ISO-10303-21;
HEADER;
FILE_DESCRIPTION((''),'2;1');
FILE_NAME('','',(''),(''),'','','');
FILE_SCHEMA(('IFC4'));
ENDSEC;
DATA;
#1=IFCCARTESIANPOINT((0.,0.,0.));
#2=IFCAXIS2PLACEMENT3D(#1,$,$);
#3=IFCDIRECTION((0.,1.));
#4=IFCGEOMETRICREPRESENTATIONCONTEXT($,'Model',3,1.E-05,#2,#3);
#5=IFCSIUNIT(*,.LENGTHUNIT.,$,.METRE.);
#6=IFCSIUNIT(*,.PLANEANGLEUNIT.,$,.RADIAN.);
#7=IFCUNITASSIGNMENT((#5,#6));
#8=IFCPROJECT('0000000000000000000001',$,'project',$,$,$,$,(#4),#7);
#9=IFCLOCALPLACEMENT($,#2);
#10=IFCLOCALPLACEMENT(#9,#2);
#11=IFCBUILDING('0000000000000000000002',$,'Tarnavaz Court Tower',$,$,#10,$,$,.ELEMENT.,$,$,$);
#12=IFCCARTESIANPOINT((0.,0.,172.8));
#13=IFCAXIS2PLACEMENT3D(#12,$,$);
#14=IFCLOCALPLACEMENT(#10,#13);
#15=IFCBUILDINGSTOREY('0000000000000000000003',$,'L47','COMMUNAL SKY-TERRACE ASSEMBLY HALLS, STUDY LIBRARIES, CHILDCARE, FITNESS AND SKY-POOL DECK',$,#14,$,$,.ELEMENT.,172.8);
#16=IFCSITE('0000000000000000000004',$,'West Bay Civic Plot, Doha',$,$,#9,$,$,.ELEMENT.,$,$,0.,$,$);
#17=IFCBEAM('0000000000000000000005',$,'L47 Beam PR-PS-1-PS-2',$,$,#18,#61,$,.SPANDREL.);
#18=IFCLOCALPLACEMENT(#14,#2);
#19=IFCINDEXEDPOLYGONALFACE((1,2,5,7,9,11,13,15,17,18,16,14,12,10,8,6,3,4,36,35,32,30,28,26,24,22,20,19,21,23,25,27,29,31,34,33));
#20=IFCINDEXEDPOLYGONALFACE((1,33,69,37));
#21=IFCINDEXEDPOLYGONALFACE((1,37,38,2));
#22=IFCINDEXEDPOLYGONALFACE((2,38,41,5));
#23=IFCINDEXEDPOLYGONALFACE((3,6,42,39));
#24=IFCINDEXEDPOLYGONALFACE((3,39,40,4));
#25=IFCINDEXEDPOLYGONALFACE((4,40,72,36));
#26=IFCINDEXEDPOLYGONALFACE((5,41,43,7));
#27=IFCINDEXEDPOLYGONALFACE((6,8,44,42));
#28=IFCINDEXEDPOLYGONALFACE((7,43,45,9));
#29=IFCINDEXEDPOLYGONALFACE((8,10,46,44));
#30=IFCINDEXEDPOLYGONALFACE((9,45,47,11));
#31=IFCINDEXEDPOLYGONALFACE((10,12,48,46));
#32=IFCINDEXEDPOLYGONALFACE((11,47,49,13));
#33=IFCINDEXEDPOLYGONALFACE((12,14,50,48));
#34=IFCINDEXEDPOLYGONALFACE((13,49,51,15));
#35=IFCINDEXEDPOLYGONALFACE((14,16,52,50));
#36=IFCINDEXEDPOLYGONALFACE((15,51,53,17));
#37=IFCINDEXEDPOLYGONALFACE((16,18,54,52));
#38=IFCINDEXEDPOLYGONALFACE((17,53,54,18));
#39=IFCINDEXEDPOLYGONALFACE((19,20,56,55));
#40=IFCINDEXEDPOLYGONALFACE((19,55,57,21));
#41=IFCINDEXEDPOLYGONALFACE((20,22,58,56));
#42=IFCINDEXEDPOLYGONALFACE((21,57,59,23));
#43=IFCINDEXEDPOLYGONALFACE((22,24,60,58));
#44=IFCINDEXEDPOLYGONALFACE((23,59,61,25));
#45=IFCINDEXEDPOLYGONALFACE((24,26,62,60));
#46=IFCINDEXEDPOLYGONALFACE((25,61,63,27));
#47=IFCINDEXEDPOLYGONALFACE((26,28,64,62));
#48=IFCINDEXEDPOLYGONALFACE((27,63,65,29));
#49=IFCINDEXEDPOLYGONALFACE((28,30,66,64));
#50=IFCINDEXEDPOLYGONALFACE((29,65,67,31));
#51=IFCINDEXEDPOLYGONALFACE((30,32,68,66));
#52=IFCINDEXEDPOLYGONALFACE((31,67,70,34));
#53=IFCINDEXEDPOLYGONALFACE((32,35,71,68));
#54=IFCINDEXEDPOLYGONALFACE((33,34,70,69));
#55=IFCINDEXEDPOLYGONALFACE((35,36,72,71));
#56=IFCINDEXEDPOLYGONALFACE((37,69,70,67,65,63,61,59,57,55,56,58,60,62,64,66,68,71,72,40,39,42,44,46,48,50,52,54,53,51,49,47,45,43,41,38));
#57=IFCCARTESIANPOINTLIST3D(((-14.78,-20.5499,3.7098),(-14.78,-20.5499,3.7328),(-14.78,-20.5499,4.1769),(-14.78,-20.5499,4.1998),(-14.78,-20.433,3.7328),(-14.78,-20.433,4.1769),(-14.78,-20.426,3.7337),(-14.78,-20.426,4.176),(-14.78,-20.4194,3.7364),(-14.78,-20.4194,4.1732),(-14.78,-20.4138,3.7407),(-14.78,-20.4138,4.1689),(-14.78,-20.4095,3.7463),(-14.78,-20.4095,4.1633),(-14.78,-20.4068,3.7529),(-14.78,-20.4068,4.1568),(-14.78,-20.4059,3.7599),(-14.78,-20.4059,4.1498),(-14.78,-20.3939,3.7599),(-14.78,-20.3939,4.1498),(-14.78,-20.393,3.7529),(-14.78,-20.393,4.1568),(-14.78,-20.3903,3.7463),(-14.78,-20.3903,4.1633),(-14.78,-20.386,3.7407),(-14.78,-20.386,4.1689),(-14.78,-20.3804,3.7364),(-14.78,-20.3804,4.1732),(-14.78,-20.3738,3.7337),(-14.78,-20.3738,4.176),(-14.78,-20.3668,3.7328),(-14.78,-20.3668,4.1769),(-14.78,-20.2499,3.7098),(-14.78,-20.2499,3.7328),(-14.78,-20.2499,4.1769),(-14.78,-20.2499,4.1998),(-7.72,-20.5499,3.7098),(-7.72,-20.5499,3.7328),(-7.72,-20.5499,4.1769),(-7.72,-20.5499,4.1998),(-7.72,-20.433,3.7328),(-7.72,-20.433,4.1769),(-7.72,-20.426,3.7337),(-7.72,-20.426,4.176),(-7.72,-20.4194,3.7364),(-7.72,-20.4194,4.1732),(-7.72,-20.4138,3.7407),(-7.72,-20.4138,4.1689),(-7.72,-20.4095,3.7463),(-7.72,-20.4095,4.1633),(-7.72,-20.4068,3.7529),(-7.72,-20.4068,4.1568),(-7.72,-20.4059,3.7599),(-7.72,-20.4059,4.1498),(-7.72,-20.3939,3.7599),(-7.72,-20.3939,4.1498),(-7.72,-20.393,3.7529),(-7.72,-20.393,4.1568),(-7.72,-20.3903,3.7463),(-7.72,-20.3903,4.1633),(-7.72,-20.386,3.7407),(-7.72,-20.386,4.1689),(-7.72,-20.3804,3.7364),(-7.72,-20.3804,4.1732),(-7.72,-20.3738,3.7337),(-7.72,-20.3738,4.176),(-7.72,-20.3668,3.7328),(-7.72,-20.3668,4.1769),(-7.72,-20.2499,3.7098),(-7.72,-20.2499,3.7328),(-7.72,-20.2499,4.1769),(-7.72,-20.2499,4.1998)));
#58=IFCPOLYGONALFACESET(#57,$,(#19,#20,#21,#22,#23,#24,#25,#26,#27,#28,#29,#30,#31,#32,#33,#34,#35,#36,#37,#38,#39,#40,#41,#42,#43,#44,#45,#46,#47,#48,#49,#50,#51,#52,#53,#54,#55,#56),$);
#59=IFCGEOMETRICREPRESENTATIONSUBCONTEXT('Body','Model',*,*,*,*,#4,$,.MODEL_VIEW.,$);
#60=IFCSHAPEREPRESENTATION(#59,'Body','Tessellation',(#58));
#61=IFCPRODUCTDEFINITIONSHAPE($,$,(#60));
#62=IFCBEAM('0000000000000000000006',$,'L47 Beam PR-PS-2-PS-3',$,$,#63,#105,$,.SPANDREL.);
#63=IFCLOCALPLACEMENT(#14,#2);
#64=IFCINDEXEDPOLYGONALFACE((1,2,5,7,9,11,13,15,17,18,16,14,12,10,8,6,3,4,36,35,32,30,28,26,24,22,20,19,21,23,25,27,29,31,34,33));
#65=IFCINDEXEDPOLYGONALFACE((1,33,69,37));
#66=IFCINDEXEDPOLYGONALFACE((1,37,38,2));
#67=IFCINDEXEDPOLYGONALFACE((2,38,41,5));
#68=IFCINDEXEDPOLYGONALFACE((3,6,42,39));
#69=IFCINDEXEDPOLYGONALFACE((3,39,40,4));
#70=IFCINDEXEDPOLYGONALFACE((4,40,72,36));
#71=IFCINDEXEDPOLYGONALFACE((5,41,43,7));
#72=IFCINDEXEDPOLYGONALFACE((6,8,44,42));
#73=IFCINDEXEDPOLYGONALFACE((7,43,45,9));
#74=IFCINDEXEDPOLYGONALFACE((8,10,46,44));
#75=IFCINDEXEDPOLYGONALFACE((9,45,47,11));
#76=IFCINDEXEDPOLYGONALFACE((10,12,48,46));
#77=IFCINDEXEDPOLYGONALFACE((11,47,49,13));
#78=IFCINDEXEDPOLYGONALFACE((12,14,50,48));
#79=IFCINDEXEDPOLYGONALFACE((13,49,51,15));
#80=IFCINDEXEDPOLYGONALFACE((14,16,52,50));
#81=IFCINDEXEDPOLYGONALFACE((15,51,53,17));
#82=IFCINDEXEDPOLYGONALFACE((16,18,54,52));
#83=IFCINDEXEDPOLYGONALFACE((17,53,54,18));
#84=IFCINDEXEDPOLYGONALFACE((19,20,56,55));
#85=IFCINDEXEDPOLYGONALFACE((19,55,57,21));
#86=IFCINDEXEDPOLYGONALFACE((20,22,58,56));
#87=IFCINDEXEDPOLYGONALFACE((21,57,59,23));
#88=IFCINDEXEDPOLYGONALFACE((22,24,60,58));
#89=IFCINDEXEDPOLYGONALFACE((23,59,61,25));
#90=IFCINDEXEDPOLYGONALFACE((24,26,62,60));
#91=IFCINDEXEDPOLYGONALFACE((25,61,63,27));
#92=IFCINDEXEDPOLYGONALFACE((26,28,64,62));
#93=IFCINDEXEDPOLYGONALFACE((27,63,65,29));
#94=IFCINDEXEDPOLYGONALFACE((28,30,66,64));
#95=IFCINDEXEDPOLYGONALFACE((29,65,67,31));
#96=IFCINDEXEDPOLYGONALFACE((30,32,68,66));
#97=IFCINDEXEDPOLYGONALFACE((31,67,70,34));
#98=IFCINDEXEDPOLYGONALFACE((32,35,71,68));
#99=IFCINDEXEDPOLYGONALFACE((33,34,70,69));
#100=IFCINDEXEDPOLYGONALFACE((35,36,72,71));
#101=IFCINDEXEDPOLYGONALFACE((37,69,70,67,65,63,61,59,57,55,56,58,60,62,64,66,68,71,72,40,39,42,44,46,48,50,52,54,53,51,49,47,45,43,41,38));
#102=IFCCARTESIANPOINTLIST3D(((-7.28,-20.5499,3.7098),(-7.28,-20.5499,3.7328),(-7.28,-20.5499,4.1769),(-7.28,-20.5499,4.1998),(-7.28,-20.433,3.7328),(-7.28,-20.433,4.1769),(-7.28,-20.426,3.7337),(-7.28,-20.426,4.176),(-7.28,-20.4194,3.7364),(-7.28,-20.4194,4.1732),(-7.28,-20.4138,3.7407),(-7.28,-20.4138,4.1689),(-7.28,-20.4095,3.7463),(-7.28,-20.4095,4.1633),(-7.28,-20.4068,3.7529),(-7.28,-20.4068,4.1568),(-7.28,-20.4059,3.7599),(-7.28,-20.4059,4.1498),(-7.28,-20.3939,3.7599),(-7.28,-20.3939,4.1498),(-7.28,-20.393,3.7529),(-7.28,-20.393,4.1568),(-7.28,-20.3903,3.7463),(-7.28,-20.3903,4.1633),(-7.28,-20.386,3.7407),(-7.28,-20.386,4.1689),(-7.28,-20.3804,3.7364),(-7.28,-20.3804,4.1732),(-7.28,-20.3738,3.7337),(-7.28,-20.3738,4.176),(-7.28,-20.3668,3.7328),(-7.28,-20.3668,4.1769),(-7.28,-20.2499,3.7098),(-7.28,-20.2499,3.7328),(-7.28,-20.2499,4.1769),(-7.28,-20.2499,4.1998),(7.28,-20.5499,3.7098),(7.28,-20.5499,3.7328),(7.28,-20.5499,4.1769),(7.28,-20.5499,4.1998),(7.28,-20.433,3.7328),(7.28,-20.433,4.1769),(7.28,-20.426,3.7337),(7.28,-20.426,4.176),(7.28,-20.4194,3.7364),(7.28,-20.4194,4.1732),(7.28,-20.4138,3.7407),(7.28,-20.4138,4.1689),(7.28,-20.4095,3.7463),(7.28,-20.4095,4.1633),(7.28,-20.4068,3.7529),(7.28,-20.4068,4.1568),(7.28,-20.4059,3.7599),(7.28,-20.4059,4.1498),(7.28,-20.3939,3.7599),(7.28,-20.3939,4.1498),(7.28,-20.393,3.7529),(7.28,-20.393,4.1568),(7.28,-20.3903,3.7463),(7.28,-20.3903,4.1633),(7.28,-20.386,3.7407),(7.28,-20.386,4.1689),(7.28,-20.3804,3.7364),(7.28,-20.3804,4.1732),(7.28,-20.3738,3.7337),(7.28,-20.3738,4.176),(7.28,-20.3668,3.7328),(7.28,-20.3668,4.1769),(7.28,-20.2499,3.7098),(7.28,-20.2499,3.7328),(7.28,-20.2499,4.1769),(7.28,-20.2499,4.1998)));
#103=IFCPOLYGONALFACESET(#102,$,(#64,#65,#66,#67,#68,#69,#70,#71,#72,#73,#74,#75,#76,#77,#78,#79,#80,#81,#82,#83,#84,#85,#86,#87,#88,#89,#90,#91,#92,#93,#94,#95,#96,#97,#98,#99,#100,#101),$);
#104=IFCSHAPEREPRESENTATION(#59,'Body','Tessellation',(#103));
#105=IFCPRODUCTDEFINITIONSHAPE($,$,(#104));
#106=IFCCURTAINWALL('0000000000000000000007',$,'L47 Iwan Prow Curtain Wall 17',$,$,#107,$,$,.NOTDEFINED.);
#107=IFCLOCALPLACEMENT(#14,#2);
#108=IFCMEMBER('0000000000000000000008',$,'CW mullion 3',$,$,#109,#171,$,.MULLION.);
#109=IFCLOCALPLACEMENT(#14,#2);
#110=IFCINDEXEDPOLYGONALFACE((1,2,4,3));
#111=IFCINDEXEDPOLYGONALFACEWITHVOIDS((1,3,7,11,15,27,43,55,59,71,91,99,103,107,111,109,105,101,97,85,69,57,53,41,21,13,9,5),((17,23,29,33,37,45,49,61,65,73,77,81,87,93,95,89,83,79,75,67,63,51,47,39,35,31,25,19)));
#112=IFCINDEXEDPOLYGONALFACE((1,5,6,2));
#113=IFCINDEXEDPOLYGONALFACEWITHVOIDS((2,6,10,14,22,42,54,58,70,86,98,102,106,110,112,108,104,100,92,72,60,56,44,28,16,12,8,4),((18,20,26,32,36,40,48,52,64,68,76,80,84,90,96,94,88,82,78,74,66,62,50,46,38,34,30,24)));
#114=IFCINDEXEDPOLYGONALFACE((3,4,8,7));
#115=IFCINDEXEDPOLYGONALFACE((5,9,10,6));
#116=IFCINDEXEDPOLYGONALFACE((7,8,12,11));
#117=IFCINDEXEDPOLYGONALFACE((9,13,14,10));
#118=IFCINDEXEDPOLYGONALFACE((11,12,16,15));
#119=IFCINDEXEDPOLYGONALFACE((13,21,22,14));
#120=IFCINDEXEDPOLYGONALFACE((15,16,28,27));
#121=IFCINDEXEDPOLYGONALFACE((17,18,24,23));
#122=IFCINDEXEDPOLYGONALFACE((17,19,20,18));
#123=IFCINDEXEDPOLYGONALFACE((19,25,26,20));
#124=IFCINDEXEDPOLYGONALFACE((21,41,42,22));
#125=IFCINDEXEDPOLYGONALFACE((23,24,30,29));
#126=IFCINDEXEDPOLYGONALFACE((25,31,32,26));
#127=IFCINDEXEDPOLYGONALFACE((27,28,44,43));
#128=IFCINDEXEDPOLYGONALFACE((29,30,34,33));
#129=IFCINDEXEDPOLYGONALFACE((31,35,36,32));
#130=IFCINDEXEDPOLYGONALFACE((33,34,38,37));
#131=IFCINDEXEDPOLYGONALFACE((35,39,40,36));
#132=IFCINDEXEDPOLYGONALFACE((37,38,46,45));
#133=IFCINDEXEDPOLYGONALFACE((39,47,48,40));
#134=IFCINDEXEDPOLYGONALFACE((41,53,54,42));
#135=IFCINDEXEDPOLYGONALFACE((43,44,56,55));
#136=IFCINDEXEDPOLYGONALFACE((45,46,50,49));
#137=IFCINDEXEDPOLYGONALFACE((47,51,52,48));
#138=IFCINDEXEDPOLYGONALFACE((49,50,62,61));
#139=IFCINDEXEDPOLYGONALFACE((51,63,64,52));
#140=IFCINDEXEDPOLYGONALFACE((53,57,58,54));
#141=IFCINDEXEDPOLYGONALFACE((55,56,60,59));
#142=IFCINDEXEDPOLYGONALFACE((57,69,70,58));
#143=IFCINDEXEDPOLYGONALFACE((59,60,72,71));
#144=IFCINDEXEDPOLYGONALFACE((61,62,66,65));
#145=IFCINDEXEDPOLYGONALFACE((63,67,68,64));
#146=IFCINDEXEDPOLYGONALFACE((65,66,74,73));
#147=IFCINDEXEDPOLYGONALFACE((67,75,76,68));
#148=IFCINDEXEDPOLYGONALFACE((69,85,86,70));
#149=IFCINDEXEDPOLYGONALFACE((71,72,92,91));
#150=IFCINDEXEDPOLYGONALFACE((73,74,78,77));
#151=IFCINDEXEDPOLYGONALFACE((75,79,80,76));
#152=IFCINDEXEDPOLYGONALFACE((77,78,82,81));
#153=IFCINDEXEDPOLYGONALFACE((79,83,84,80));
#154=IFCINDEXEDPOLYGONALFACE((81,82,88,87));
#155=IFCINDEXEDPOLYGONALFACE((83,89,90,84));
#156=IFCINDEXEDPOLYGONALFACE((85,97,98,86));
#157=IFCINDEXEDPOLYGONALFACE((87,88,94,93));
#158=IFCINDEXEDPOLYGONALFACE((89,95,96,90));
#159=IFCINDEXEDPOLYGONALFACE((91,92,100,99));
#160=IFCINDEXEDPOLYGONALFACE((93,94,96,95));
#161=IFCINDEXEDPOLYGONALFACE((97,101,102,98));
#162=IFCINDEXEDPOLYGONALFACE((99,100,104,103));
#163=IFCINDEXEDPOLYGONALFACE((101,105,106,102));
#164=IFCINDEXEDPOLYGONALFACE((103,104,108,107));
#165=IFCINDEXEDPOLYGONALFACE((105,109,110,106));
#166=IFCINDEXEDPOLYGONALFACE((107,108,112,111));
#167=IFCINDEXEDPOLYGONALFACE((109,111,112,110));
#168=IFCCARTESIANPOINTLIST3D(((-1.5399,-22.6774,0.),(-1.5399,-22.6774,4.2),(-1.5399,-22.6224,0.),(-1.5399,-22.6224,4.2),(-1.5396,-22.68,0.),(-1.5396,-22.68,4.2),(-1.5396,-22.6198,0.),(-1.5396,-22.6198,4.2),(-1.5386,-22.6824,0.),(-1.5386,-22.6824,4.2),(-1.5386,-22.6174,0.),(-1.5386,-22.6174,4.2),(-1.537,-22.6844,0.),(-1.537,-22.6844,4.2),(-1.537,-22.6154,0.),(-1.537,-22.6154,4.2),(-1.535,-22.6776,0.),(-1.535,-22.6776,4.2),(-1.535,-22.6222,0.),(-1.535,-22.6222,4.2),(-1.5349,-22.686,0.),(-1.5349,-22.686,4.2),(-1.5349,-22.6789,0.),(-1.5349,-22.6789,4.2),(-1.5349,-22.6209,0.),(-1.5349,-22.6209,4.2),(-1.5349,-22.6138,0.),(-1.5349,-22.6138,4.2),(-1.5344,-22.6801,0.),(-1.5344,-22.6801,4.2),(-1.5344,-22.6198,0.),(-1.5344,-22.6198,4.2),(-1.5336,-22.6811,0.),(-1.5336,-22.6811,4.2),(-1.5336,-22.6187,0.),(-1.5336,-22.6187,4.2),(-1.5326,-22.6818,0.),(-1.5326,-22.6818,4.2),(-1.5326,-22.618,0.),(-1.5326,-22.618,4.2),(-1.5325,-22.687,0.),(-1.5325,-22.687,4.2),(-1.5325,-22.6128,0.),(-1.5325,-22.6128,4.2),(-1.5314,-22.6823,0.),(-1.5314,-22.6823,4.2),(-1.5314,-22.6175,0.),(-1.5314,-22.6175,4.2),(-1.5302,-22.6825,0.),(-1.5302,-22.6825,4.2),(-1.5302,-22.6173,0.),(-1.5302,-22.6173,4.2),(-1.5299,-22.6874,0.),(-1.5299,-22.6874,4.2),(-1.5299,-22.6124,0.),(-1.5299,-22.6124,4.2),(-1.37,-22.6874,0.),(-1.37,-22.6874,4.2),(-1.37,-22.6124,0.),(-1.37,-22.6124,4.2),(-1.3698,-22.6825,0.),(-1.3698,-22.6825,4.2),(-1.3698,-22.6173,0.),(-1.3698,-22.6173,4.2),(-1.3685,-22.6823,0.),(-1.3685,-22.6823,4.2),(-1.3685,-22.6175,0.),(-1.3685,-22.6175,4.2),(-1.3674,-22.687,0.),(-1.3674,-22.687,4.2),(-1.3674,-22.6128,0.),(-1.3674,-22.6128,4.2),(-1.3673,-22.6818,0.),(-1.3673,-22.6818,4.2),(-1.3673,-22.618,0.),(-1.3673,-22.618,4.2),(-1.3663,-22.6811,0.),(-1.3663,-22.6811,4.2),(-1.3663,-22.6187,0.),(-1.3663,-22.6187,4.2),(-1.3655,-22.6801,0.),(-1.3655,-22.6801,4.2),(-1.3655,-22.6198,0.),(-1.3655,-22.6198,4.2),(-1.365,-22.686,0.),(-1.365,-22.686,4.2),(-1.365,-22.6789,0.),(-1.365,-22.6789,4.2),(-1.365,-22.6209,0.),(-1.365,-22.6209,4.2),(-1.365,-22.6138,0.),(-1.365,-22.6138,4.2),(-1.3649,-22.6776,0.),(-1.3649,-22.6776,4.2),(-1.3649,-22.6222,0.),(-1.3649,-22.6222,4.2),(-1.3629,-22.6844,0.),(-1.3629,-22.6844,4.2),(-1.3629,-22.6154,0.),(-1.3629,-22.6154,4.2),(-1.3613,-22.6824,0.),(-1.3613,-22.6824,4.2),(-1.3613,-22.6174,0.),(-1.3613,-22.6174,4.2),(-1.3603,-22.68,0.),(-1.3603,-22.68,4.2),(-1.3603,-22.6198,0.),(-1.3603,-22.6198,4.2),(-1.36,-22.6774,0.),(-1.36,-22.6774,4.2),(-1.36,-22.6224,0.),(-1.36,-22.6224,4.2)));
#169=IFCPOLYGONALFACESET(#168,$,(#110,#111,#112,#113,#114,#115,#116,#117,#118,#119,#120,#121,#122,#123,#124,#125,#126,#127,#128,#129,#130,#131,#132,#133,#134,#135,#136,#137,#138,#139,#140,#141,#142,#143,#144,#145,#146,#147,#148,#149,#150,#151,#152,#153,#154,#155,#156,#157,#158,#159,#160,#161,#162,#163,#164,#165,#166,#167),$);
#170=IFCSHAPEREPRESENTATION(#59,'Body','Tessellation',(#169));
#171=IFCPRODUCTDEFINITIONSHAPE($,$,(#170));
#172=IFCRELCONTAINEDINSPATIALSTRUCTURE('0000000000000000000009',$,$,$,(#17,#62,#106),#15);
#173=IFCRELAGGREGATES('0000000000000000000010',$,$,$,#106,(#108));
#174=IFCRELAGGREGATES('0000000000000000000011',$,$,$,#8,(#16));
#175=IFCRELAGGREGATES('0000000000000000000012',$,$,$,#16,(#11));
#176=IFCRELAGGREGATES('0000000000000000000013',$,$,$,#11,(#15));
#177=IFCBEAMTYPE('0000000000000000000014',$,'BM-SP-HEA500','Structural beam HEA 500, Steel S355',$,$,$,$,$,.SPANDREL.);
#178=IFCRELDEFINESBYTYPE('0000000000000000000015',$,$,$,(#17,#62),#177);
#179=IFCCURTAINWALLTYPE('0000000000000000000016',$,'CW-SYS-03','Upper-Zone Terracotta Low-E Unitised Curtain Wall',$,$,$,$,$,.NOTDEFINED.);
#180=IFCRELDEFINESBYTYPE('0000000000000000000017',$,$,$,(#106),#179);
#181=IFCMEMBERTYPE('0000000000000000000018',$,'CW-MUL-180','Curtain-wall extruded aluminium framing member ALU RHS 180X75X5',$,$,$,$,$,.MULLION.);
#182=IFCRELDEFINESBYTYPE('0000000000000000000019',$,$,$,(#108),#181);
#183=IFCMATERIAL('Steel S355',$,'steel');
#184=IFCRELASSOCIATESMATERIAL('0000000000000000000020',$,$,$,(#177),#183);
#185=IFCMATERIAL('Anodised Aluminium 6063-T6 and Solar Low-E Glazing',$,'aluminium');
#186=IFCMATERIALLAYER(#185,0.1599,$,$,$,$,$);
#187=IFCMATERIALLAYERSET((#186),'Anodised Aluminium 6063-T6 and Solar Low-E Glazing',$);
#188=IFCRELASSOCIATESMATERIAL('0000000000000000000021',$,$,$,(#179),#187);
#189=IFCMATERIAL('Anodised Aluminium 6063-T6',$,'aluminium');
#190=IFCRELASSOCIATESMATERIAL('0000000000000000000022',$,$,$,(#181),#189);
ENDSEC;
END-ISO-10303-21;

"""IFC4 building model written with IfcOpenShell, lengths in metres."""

from ifc_helpers import new_model, si_unit, direction, frame, origin, origin_2d, place, context, subcontext, project, spatial, hollow_rectangle, i_section, extrude, material, layer, layer_set, material_profile, profile_set, type_object, element, aggregate, save


model = new_model("IFC4")

# Units and contexts
model_context = context("Model", 3, precision=1e-05, world=origin(), true_north=direction((0.0, 1.0)))
body_context = subcontext(model_context, "Body", "Model", "MODEL_VIEW")
ifc_project = project(units=[si_unit("LENGTHUNIT", "METRE"), si_unit("PLANEANGLEUNIT", "RADIAN")], contexts=[model_context])

# Site, building, storey
site_placement = place(None, origin())
site = spatial("IfcSite", under=ifc_project, at=site_placement, Name="West Bay Civic Plot, Doha", CompositionType="ELEMENT", RefElevation=0.0)
building_placement = place(site_placement, origin())
building = spatial("IfcBuilding", under=site, at=building_placement, Name="Tarnavaz Court Tower", CompositionType="ELEMENT")
storey_placement = place(building_placement, frame((0.0, 0.0, 172.8)))
storey = spatial("IfcBuildingStorey", under=building, at=storey_placement, Name="L47", Description="COMMUNAL SKY-TERRACE ASSEMBLY HALLS, STUDY LIBRARIES, CHILDCARE, FITNESS AND SKY-POOL DECK", CompositionType="ELEMENT", Elevation=172.8)

# Beams
ifc_material_1 = material(Name="Steel S355", Category="steel")
ifc_material_profile_1 = material_profile(ifc_material_1, i_section(OverallWidth=0.3, OverallDepth=0.49, WebThickness=0.012, FlangeThickness=0.0229, FilletRadius=0.0271, at=origin_2d()), Name="HEA 500")
ifc_profile_set_1 = profile_set([ifc_material_profile_1], Name="Steel S355")
beam_type_1 = type_object("IfcBeamType", Name="BM-SP-HEA500", Description="Structural beam HEA 500, Steel S355", PredefinedType="SPANDREL", material=ifc_profile_set_1)
beam_1_placement = place(storey_placement, frame((-14.78, -20.3999, 3.9548), z_axis=(1.0, 0.0, 0.0), x_axis=(0.0, 1.0, 0.0)))
element("IfcBeam", 1, at=beam_1_placement, inside=storey, type_object=beam_type_1, Name="L47 Beam PR-PS-1-PS-2", PredefinedType="SPANDREL", context=body_context, shape_type="SweptSolid", body=[
    extrude(i_section(OverallWidth=0.3, OverallDepth=0.49, WebThickness=0.012, FlangeThickness=0.0229, FilletRadius=0.0271, at=origin_2d()), origin(), (0.0, 0.0, 1.0), 7.0601),
])
beam_2_placement = place(storey_placement, frame((-7.28, -20.3999, 3.9548), z_axis=(1.0, 0.0, 0.0), x_axis=(0.0, 1.0, 0.0)))
element("IfcBeam", 2, at=beam_2_placement, inside=storey, type_object=beam_type_1, Name="L47 Beam PR-PS-2-PS-3", PredefinedType="SPANDREL", context=body_context, shape_type="SweptSolid", body=[
    extrude(i_section(OverallWidth=0.3, OverallDepth=0.49, WebThickness=0.012, FlangeThickness=0.0229, FilletRadius=0.0271, at=origin_2d()), origin(), (0.0, 0.0, 1.0), 14.5601),
])

# Curtain wall, member
ifc_material_2 = material(Name="Anodised Aluminium 6063-T6 and Solar Low-E Glazing", Category="aluminium")
ifc_layer_1 = layer(ifc_material_2, 0.1599)
ifc_layer_set_1 = layer_set([ifc_layer_1], Name="Anodised Aluminium 6063-T6 and Solar Low-E Glazing")
curtain_wall_type = type_object("IfcCurtainWallType", Name="CW-SYS-03", Description="Upper-Zone Terracotta Low-E Unitised Curtain Wall", PredefinedType="NOTDEFINED", material=ifc_layer_set_1)
curtain_wall_placement = place(storey_placement, origin())
curtain_wall = element("IfcCurtainWall", 3, at=curtain_wall_placement, inside=storey, type_object=curtain_wall_type, Name="L47 Iwan Prow Curtain Wall 17", PredefinedType="NOTDEFINED")
ifc_material_3 = material(Name="Anodised Aluminium 6063-T6", Category="aluminium")
ifc_material_profile_2 = material_profile(ifc_material_3, hollow_rectangle(XDim=0.075, YDim=0.1799, WallThickness=0.0049, InnerFilletRadius=0.0049, OuterFilletRadius=0.01, at=origin_2d()), Name="ALU RHS 180X75X5")
ifc_profile_set_2 = profile_set([ifc_material_profile_2], Name="Anodised Aluminium 6063-T6")
member_type_1 = type_object("IfcMemberType", Name="CW-MUL-180", Description="Curtain-wall extruded aluminium framing member ALU RHS 180X75X5", PredefinedType="MULLION", material=ifc_profile_set_2)
member_1_placement = place(storey_placement, frame((-1.45, -22.6499, 0.0), z_axis=(0.0, 0.0, 1.0), x_axis=(0.0, -1.0, 0.0)))
member_1 = element("IfcMember", 4, at=member_1_placement, type_object=member_type_1, Name="CW mullion 3", PredefinedType="MULLION", context=body_context, shape_type="SweptSolid", body=[
    extrude(hollow_rectangle(XDim=0.075, YDim=0.1799, WallThickness=0.0049, InnerFilletRadius=0.0049, OuterFilletRadius=0.01, at=origin_2d()), origin(), (0.0, 0.0, 1.0), 4.2),
])
aggregate(curtain_wall, [member_1])

save(model, "model.ifc")
